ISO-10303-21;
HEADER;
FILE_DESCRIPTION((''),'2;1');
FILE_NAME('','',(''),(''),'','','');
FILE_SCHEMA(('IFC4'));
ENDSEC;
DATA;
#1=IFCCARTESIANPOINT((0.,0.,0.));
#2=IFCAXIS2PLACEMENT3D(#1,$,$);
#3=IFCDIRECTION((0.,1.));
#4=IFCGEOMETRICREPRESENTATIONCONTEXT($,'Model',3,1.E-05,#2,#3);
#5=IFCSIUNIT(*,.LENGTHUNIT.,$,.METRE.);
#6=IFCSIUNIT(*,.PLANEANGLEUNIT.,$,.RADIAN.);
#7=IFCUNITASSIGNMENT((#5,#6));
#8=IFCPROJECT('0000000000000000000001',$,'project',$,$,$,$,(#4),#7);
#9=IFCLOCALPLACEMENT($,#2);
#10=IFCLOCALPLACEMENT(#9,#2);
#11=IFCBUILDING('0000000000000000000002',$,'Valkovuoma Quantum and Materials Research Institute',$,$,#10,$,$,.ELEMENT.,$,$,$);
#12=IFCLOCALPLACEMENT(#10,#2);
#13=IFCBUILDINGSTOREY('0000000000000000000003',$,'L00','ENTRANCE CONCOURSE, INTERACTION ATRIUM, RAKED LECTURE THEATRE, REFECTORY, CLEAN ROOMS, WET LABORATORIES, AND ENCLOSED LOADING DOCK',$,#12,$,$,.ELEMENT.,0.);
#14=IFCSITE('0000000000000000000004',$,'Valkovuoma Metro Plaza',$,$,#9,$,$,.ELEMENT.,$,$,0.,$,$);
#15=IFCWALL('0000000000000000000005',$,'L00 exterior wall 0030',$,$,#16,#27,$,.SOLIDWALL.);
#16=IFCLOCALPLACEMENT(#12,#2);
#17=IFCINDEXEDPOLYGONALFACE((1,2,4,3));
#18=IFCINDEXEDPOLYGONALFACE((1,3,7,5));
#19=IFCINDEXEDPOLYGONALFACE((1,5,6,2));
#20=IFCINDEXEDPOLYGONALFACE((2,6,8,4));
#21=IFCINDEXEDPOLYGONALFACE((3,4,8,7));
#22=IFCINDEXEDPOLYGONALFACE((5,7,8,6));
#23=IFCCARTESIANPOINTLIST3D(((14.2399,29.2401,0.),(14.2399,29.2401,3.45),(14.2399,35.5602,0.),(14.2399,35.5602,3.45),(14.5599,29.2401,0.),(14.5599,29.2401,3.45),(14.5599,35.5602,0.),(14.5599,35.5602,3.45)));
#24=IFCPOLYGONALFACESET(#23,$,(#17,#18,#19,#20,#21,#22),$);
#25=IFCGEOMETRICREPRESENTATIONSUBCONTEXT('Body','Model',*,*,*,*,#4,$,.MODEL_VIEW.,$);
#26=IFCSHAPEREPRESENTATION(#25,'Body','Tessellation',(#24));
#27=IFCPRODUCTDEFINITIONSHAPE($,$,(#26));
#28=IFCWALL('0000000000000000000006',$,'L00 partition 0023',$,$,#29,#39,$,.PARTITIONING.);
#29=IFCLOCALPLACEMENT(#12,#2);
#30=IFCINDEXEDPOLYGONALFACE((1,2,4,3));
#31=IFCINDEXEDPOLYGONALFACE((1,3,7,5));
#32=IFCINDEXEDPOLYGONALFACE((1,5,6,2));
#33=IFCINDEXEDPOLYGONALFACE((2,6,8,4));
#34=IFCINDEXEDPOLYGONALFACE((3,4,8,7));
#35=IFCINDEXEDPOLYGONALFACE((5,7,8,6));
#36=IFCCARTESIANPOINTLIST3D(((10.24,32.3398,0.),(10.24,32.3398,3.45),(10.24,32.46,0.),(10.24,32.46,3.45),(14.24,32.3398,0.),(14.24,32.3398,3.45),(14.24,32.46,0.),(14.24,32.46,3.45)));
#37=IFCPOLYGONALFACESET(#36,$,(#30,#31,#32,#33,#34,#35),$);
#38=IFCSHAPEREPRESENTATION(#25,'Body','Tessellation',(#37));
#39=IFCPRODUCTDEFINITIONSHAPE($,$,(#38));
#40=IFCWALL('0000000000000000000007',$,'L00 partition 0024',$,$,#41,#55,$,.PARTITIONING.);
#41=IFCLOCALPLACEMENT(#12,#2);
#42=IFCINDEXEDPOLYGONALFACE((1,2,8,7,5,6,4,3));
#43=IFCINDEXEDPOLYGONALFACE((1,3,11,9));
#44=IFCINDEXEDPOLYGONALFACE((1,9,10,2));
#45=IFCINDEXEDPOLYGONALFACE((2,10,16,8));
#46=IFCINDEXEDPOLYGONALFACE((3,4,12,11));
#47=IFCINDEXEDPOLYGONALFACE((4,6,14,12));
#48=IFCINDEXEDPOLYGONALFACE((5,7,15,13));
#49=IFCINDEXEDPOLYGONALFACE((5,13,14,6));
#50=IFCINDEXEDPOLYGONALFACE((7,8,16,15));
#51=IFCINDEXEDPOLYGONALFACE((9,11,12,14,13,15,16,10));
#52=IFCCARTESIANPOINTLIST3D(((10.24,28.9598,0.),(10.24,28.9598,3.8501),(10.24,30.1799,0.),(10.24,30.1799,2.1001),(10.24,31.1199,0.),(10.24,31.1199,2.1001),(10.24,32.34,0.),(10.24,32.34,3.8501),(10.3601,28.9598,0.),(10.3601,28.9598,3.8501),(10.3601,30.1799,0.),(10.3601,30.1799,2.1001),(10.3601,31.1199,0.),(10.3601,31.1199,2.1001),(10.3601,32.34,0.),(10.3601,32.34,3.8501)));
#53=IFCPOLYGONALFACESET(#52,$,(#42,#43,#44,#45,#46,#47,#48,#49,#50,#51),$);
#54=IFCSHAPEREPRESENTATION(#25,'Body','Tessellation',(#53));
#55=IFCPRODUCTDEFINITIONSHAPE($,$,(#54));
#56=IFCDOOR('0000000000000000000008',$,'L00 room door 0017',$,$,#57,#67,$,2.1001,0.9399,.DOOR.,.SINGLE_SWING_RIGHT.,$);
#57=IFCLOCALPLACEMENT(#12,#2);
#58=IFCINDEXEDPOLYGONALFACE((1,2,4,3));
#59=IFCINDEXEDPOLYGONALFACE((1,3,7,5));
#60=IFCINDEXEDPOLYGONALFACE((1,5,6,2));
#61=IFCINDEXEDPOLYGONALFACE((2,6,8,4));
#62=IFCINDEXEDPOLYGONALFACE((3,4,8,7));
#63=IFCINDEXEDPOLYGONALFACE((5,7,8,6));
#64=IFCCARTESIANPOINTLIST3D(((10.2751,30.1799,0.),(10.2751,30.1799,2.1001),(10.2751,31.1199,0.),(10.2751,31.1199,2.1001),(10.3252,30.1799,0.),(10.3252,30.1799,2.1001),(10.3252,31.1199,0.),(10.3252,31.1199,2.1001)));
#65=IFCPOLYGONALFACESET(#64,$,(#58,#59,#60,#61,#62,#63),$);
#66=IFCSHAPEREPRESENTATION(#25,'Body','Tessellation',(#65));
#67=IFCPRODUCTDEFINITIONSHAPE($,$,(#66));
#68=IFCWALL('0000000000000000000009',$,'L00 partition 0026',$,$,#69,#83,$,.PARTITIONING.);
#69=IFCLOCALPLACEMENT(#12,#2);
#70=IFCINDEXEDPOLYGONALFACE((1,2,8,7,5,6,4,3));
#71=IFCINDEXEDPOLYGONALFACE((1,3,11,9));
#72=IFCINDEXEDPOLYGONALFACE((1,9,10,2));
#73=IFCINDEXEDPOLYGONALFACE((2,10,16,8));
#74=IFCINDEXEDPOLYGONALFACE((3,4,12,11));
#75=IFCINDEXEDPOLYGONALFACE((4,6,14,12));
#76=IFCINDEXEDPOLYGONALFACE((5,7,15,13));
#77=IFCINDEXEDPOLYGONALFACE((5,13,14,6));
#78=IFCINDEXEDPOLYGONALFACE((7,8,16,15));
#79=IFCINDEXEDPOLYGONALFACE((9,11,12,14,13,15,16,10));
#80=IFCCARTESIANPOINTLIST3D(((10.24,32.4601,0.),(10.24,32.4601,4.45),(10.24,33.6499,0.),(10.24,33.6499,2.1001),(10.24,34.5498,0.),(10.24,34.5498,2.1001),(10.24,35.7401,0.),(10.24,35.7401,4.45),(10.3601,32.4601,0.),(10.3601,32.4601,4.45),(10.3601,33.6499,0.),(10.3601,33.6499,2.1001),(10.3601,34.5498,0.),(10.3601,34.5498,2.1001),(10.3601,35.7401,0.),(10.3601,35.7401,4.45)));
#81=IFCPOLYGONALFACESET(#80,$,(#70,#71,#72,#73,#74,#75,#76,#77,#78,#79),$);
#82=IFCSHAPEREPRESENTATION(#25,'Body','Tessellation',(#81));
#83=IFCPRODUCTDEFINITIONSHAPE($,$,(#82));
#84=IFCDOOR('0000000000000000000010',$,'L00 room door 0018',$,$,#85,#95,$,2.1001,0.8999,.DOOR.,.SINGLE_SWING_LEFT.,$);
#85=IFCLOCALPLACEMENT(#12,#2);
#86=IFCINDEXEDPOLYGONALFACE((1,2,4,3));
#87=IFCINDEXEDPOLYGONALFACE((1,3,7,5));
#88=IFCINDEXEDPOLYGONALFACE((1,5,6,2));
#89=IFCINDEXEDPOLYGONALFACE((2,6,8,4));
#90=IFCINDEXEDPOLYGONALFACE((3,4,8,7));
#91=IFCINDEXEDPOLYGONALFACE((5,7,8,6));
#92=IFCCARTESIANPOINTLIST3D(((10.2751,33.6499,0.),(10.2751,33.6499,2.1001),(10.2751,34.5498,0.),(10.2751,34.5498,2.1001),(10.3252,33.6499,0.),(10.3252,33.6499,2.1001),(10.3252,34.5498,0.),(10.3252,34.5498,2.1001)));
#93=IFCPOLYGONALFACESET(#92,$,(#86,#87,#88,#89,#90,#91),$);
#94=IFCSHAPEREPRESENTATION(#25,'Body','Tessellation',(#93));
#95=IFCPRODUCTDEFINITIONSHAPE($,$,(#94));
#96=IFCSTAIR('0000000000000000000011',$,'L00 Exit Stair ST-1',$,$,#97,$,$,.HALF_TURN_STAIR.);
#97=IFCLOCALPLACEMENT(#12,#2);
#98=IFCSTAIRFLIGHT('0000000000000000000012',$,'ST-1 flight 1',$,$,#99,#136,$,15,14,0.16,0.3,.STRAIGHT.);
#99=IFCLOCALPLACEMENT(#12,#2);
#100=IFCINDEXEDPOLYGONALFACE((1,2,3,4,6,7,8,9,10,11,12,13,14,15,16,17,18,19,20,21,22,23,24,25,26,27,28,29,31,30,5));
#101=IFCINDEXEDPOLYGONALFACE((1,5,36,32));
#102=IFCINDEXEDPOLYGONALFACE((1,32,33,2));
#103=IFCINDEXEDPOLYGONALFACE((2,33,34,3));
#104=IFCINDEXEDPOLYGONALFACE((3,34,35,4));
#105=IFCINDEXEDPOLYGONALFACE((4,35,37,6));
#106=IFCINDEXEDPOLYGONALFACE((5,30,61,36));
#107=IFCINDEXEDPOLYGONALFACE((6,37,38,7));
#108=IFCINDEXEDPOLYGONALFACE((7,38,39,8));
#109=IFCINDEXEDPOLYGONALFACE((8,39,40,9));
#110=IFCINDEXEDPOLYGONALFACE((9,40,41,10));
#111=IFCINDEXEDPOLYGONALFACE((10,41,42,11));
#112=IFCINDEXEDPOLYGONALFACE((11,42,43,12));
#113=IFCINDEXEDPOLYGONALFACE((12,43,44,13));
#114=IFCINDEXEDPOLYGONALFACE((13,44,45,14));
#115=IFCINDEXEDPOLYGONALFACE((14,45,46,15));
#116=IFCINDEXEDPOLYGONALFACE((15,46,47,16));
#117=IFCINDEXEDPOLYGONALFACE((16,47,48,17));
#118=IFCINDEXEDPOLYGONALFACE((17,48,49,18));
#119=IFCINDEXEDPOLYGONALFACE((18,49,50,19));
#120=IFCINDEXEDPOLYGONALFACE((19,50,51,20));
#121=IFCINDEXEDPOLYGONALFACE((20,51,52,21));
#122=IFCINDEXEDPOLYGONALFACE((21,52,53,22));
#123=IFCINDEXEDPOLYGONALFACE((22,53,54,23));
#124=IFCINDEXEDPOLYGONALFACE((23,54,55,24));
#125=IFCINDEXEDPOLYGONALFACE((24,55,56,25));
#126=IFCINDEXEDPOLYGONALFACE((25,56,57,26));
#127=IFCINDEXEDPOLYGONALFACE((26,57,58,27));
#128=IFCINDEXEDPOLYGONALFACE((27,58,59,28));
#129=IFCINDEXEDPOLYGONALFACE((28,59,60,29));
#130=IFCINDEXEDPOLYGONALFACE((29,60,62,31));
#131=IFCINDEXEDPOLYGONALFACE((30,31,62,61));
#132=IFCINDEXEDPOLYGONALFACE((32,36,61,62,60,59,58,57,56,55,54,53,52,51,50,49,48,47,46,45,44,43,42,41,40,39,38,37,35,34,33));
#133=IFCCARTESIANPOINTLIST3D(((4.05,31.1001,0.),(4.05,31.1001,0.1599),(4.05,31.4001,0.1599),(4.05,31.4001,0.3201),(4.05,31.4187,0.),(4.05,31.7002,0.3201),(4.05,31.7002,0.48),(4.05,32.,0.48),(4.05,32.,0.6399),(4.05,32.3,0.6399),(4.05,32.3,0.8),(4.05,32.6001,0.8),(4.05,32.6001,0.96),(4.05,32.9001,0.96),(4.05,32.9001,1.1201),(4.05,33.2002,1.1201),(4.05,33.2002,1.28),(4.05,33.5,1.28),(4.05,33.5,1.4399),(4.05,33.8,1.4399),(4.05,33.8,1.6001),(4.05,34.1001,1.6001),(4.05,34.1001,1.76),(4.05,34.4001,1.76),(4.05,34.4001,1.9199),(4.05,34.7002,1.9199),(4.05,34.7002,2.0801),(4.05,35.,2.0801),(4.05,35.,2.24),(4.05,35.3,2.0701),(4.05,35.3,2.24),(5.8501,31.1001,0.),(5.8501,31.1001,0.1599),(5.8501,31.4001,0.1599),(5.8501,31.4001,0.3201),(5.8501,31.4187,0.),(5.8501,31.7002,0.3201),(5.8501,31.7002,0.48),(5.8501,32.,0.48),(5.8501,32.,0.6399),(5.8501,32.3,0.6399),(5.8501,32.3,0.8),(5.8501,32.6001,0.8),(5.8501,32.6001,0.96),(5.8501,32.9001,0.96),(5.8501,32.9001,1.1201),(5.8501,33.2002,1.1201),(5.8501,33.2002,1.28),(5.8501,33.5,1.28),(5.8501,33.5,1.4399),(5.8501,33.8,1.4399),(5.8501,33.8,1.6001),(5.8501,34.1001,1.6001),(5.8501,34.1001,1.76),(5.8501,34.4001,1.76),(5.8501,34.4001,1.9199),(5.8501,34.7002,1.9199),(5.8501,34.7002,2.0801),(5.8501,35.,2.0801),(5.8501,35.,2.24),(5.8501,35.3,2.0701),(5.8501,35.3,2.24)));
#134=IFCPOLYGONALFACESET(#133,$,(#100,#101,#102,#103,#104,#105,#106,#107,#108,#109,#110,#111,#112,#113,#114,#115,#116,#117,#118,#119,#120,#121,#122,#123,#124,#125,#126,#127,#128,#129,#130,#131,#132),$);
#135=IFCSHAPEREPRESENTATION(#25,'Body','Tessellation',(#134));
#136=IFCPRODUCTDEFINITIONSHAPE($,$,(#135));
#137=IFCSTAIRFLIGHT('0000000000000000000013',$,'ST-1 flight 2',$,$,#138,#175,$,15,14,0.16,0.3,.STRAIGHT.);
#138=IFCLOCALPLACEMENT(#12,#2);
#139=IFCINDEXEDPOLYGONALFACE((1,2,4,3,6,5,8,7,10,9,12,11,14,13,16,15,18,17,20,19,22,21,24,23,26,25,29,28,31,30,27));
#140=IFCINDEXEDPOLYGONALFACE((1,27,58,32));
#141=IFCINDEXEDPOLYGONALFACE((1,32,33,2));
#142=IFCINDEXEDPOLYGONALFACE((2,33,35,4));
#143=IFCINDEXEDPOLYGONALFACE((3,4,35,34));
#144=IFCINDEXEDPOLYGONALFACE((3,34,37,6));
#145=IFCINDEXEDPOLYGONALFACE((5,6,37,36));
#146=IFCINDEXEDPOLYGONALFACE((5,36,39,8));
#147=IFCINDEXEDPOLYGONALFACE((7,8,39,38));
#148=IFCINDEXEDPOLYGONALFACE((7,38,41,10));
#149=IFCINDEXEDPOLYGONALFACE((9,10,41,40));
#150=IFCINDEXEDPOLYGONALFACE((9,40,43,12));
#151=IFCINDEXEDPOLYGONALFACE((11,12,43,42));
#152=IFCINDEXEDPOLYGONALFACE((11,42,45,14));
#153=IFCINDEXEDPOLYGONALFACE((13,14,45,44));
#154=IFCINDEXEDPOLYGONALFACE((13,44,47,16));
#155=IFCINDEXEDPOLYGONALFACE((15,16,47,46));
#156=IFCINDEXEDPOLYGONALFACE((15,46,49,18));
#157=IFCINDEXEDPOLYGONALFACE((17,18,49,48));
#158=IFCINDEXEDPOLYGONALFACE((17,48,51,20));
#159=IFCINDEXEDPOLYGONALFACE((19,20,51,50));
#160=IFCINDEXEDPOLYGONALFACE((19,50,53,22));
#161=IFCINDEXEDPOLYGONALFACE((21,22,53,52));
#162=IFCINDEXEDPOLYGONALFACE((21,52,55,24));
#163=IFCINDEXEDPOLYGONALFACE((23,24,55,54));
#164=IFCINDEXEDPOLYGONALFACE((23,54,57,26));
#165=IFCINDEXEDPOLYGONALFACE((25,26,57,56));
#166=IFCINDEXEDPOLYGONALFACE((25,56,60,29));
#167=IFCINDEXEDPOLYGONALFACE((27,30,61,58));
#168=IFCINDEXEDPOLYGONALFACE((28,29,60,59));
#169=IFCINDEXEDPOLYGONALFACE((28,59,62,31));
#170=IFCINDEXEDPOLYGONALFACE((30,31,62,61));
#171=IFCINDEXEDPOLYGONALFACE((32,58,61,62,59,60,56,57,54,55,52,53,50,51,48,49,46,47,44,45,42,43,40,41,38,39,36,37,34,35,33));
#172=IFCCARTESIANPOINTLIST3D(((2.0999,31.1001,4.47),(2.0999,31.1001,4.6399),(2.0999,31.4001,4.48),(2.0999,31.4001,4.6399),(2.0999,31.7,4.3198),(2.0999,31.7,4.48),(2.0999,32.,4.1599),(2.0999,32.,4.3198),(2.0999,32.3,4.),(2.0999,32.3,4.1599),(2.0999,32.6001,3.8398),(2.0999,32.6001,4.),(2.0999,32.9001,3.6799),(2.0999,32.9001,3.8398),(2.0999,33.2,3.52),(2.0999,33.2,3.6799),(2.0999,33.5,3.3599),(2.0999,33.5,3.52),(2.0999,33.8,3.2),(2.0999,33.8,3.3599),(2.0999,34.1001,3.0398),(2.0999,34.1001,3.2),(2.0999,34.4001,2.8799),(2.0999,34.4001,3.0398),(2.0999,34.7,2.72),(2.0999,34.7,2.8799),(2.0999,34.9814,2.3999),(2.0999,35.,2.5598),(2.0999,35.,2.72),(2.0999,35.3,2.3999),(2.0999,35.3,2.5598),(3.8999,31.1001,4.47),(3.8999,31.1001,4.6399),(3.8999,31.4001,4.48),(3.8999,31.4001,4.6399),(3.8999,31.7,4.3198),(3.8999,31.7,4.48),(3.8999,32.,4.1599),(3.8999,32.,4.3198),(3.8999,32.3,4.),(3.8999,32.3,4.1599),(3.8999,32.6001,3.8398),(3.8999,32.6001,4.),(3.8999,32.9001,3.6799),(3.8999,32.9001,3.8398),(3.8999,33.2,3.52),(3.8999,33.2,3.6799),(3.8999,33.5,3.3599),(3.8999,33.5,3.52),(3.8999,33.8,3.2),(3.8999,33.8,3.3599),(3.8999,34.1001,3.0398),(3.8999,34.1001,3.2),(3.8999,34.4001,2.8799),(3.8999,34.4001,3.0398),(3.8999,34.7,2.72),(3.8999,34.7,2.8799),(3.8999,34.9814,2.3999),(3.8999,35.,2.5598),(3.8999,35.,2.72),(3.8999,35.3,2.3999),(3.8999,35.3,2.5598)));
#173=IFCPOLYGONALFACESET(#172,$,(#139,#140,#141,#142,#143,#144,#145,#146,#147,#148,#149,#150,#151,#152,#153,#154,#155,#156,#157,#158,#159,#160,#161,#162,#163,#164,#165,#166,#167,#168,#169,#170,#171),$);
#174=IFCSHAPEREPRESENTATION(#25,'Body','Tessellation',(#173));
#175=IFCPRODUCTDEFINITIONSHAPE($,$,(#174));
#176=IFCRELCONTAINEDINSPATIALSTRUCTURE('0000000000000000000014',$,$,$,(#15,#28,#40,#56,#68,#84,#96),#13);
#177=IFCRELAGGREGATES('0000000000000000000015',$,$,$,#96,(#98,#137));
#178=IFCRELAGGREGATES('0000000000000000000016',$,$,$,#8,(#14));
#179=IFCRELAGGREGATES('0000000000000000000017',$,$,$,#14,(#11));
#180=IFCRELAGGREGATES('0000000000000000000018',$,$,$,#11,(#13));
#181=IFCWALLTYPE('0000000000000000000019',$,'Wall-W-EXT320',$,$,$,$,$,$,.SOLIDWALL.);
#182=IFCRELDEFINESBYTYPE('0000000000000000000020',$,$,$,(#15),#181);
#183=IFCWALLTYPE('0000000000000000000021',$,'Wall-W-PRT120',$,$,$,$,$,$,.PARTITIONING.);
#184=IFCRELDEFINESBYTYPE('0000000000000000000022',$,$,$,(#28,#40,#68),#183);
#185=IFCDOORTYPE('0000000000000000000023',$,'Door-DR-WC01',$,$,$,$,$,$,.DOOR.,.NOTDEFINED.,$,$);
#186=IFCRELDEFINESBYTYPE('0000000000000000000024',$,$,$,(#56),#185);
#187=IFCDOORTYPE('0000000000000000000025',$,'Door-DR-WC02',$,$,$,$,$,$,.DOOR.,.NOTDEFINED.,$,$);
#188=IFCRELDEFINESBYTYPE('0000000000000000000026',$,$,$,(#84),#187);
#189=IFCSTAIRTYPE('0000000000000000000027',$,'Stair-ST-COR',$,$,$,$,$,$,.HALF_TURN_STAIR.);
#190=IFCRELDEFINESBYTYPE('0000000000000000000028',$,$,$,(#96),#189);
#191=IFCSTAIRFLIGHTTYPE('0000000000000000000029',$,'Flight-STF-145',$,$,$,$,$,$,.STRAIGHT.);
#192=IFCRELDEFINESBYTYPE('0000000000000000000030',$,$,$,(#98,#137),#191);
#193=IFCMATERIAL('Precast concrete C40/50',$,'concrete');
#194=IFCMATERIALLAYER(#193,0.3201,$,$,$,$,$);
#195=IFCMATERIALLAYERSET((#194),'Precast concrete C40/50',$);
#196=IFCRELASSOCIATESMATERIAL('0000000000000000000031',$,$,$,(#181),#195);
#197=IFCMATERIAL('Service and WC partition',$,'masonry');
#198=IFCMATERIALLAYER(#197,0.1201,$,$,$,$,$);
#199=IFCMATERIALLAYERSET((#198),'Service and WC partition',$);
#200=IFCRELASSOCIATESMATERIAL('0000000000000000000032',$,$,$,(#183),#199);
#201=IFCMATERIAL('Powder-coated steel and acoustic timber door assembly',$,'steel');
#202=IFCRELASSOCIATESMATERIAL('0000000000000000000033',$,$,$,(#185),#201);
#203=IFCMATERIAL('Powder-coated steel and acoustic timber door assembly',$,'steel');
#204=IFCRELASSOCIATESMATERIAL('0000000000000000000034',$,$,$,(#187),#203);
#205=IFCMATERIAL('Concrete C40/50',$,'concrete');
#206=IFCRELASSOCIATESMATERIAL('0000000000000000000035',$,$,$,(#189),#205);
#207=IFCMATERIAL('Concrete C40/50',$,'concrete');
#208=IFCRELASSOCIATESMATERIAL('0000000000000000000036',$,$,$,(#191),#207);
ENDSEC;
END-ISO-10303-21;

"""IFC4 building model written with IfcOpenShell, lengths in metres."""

from ifc_helpers import new_model, si_unit, direction, frame, frame_2d, origin, place, context, subcontext, project, spatial, polyline, rectangle, outline, extrude, material, layer, layer_set, type_object, element, fill, aggregate, save


model = new_model("IFC4")

# Units and contexts
model_context = context("Model", 3, precision=1e-05, world=origin(), true_north=direction((0.0, 1.0)))
body_context = subcontext(model_context, "Body", "Model", "MODEL_VIEW")
ifc_project = project(units=[si_unit("LENGTHUNIT", "METRE"), si_unit("PLANEANGLEUNIT", "RADIAN")], contexts=[model_context])

# Site, building, storey
site_placement = place(None, origin())
site = spatial("IfcSite", under=ifc_project, at=site_placement, Name="Valkovuoma Metro Plaza", CompositionType="ELEMENT", RefElevation=0.0)
building_placement = place(site_placement, origin())
building = spatial("IfcBuilding", under=site, at=building_placement, Name="Valkovuoma Quantum and Materials Research Institute", CompositionType="ELEMENT")
storey_placement = place(building_placement, origin())
storey = spatial("IfcBuildingStorey", under=building, at=storey_placement, Name="L00", Description="ENTRANCE CONCOURSE, INTERACTION ATRIUM, RAKED LECTURE THEATRE, REFECTORY, CLEAN ROOMS, WET LABORATORIES, AND ENCLOSED LOADING DOCK", CompositionType="ELEMENT", Elevation=0.0)

# Walls
ifc_material_1 = material(Name="Precast concrete C40/50", Category="concrete")
ifc_layer_1 = layer(ifc_material_1, 0.3201)
ifc_layer_set_1 = layer_set([ifc_layer_1], Name="Precast concrete C40/50")
wall_type_1 = type_object("IfcWallType", Name="Wall-W-EXT320", PredefinedType="SOLIDWALL", material=ifc_layer_set_1)
wall_1_placement = place(storey_placement, frame((14.3999, 29.24, 0.0), z_axis=(0.0, 0.0, 1.0), x_axis=(0.0, 1.0, 0.0)))
element("IfcWall", 1, at=wall_1_placement, inside=storey, type_object=wall_type_1, Name="L00 exterior wall 0030", PredefinedType="SOLIDWALL", context=body_context, shape_type="SweptSolid", body=[
    extrude(rectangle(XDim=6.3201, YDim=0.3201, at=frame_2d((3.1602, 0.0))), origin(), (0.0, 0.0, 1.0), 3.45),
])
ifc_material_2 = material(Name="Service and WC partition", Category="masonry")
ifc_layer_2 = layer(ifc_material_2, 0.1201)
ifc_layer_set_2 = layer_set([ifc_layer_2], Name="Service and WC partition")
wall_type_2 = type_object("IfcWallType", Name="Wall-W-PRT120", PredefinedType="PARTITIONING", material=ifc_layer_set_2)
wall_2_placement = place(storey_placement, frame((10.24, 32.3999, 0.0), z_axis=(0.0, 0.0, 1.0), x_axis=(1.0, 0.0, 0.0)))
element("IfcWall", 2, at=wall_2_placement, inside=storey, type_object=wall_type_2, Name="L00 partition 0023", PredefinedType="PARTITIONING", context=body_context, shape_type="SweptSolid", body=[
    extrude(rectangle(XDim=4.0, YDim=0.1201, at=frame_2d((2.0, 0.0))), origin(), (0.0, 0.0, 1.0), 3.45),
])

# Walls, openings, doors
wall_3_placement = place(storey_placement, frame((10.3, 28.96, 0.0), z_axis=(0.0, 0.0, 1.0), x_axis=(0.0, 1.0, 0.0)))
wall_3 = element("IfcWall", 3, at=wall_3_placement, inside=storey, type_object=wall_type_2, Name="L00 partition 0024", PredefinedType="PARTITIONING", context=body_context, shape_type="SweptSolid", body=[
    extrude(rectangle(XDim=3.3801, YDim=0.1201, at=frame_2d((1.6899, 0.0))), origin(), (0.0, 0.0, 1.0), 3.8501),
])
opening_1_placement = place(wall_3_placement, frame((1.22, 0.0, 0.0)))
opening_1 = element("IfcOpeningElement", 4, at=opening_1_placement, cuts=wall_3, PredefinedType="OPENING", context=body_context, shape_type="SweptSolid", body=[
    extrude(rectangle(XDim=0.9399, YDim=2.1001, at=frame_2d((0.47, 1.05))), frame((0.0, 0.0701, 0.0), z_axis=(0.0, -1.0, 0.0), x_axis=(1.0, 0.0, 0.0)), (0.0, 0.0, 1.0), 0.1401),
])
ifc_material_3 = material(Name="Powder-coated steel and acoustic timber door assembly", Category="steel")
door_type_1 = type_object("IfcDoorType", Name="Door-DR-WC01", OperationType="NOTDEFINED", PredefinedType="DOOR", material=ifc_material_3)
door_1_placement = place(opening_1_placement, origin())
door_1 = element("IfcDoor", 5, at=door_1_placement, inside=storey, type_object=door_type_1, Name="L00 room door 0017", OperationType="SINGLE_SWING_RIGHT", OverallHeight=2.1001, OverallWidth=0.9399, PredefinedType="DOOR", context=body_context, shape_type="SweptSolid", body=[
    extrude(rectangle(XDim=0.9399, YDim=2.1001, at=frame_2d((0.47, 1.05))), frame((0.0, 0.0249, 0.0), z_axis=(0.0, -1.0, 0.0), x_axis=(1.0, 0.0, 0.0)), (0.0, 0.0, 1.0), 0.05),
])
fill(opening_1, door_1)
wall_4_placement = place(storey_placement, frame((10.3, 32.46, 0.0), z_axis=(0.0, 0.0, 1.0), x_axis=(0.0, 1.0, 0.0)))
wall_4 = element("IfcWall", 6, at=wall_4_placement, inside=storey, type_object=wall_type_2, Name="L00 partition 0026", PredefinedType="PARTITIONING", context=body_context, shape_type="SweptSolid", body=[
    extrude(rectangle(XDim=3.28, YDim=0.1201, at=frame_2d((1.6401, 0.0))), origin(), (0.0, 0.0, 1.0), 4.45),
])
opening_2_placement = place(wall_4_placement, frame((1.1899, 0.0, 0.0)))
opening_2 = element("IfcOpeningElement", 7, at=opening_2_placement, cuts=wall_4, PredefinedType="OPENING", context=body_context, shape_type="SweptSolid", body=[
    extrude(rectangle(XDim=0.8999, YDim=2.1001, at=frame_2d((0.45, 1.05))), frame((0.0, 0.0701, 0.0), z_axis=(0.0, -1.0, 0.0), x_axis=(1.0, 0.0, 0.0)), (0.0, 0.0, 1.0), 0.1401),
])
ifc_material_4 = material(Name="Powder-coated steel and acoustic timber door assembly", Category="steel")
door_type_2 = type_object("IfcDoorType", Name="Door-DR-WC02", OperationType="NOTDEFINED", PredefinedType="DOOR", material=ifc_material_4)
door_2_placement = place(opening_2_placement, origin())
door_2 = element("IfcDoor", 8, at=door_2_placement, inside=storey, type_object=door_type_2, Name="L00 room door 0018", OperationType="SINGLE_SWING_LEFT", OverallHeight=2.1001, OverallWidth=0.8999, PredefinedType="DOOR", context=body_context, shape_type="SweptSolid", body=[
    extrude(rectangle(XDim=0.8999, YDim=2.1001, at=frame_2d((0.45, 1.05))), frame((0.0, 0.0249, 0.0), z_axis=(0.0, -1.0, 0.0), x_axis=(1.0, 0.0, 0.0)), (0.0, 0.0, 1.0), 0.05),
])
fill(opening_2, door_2)

# Stair, stair flights
ifc_material_5 = material(Name="Concrete C40/50", Category="concrete")
stair_type = type_object("IfcStairType", Name="Stair-ST-COR", PredefinedType="HALF_TURN_STAIR", material=ifc_material_5)
stair_placement = place(storey_placement, origin())
stair = element("IfcStair", 9, at=stair_placement, inside=storey, type_object=stair_type, Name="L00 Exit Stair ST-1", PredefinedType="HALF_TURN_STAIR")
ifc_material_6 = material(Name="Concrete C40/50", Category="concrete")
stair_flight_type = type_object("IfcStairFlightType", Name="Flight-STF-145", PredefinedType="STRAIGHT", material=ifc_material_6)
stair_flight_1_placement = place(storey_placement, frame((4.95, 31.1001, 0.0), z_axis=(0.0, 0.0, 1.0), x_axis=(0.0, 1.0, 0.0)))
stair_flight_1 = element("IfcStairFlight", 10, at=stair_flight_1_placement, type_object=stair_flight_type, Name="ST-1 flight 1", NumberOfRisers=15, NumberOfTreads=14, PredefinedType="STRAIGHT", RiserHeight=0.16, TreadLength=0.3, context=body_context, shape_type="SweptSolid", body=[
    extrude(outline(polyline([(0.0, 0.0), (0.0, 0.1599), (0.3, 0.1599), (0.3, 0.3201), (0.6001, 0.3201), (0.6001, 0.48), (0.8999, 0.48), (0.8999, 0.6399), (1.2, 0.6399), (1.2, 0.8), (1.5, 0.8), (1.5, 0.96), (1.8, 0.96), (1.8, 1.1201), (2.1001, 1.1201), (2.1001, 1.28), (2.3999, 1.28), (2.3999, 1.4399), (2.7, 1.4399), (2.7, 1.6001), (3.0, 1.6001), (3.0, 1.76), (3.3, 1.76), (3.3, 1.9199), (3.6001, 1.9199), (3.6001, 2.0801), (3.8999, 2.0801), (3.8999, 2.24), (4.2, 2.24), (4.2, 2.3999), (4.2, 2.0701), (0.3186, 0.0), (0.0, 0.0)])), frame((0.0, 0.8999, 0.0), z_axis=(0.0, -1.0, 0.0), x_axis=(1.0, 0.0, 0.0)), (0.0, 0.0, 1.0), 1.8),
])
stair_flight_2_placement = place(storey_placement, frame((3.0, 35.3, 2.3999), z_axis=(0.0, 0.0, 1.0), x_axis=(0.0, -1.0, 0.0)))
stair_flight_2 = element("IfcStairFlight", 11, at=stair_flight_2_placement, type_object=stair_flight_type, Name="ST-1 flight 2", NumberOfRisers=15, NumberOfTreads=14, PredefinedType="STRAIGHT", RiserHeight=0.16, TreadLength=0.3, context=body_context, shape_type="SweptSolid", body=[
    extrude(outline(polyline([(0.0, 0.0), (0.0, 0.1599), (0.3, 0.1599), (0.3, 0.3201), (0.6001, 0.3201), (0.6001, 0.48), (0.8999, 0.48), (0.8999, 0.6399), (1.2, 0.6399), (1.2, 0.8), (1.5, 0.8), (1.5, 0.96), (1.8, 0.96), (1.8, 1.1201), (2.1001, 1.1201), (2.1001, 1.28), (2.3999, 1.28), (2.3999, 1.4399), (2.7, 1.4399), (2.7, 1.6001), (3.0, 1.6001), (3.0, 1.76), (3.3, 1.76), (3.3, 1.9199), (3.6001, 1.9199), (3.6001, 2.0801), (3.8999, 2.0801), (3.8999, 2.24), (4.2, 2.24), (4.2, 2.3999), (4.2, 2.0701), (0.3186, 0.0), (0.0, 0.0)])), frame((0.0, 0.8999, 0.0), z_axis=(0.0, -1.0, 0.0), x_axis=(1.0, 0.0, 0.0)), (0.0, 0.0, 1.0), 1.8),
])
aggregate(stair, [stair_flight_1, stair_flight_2])

save(model, "model.ifc")
